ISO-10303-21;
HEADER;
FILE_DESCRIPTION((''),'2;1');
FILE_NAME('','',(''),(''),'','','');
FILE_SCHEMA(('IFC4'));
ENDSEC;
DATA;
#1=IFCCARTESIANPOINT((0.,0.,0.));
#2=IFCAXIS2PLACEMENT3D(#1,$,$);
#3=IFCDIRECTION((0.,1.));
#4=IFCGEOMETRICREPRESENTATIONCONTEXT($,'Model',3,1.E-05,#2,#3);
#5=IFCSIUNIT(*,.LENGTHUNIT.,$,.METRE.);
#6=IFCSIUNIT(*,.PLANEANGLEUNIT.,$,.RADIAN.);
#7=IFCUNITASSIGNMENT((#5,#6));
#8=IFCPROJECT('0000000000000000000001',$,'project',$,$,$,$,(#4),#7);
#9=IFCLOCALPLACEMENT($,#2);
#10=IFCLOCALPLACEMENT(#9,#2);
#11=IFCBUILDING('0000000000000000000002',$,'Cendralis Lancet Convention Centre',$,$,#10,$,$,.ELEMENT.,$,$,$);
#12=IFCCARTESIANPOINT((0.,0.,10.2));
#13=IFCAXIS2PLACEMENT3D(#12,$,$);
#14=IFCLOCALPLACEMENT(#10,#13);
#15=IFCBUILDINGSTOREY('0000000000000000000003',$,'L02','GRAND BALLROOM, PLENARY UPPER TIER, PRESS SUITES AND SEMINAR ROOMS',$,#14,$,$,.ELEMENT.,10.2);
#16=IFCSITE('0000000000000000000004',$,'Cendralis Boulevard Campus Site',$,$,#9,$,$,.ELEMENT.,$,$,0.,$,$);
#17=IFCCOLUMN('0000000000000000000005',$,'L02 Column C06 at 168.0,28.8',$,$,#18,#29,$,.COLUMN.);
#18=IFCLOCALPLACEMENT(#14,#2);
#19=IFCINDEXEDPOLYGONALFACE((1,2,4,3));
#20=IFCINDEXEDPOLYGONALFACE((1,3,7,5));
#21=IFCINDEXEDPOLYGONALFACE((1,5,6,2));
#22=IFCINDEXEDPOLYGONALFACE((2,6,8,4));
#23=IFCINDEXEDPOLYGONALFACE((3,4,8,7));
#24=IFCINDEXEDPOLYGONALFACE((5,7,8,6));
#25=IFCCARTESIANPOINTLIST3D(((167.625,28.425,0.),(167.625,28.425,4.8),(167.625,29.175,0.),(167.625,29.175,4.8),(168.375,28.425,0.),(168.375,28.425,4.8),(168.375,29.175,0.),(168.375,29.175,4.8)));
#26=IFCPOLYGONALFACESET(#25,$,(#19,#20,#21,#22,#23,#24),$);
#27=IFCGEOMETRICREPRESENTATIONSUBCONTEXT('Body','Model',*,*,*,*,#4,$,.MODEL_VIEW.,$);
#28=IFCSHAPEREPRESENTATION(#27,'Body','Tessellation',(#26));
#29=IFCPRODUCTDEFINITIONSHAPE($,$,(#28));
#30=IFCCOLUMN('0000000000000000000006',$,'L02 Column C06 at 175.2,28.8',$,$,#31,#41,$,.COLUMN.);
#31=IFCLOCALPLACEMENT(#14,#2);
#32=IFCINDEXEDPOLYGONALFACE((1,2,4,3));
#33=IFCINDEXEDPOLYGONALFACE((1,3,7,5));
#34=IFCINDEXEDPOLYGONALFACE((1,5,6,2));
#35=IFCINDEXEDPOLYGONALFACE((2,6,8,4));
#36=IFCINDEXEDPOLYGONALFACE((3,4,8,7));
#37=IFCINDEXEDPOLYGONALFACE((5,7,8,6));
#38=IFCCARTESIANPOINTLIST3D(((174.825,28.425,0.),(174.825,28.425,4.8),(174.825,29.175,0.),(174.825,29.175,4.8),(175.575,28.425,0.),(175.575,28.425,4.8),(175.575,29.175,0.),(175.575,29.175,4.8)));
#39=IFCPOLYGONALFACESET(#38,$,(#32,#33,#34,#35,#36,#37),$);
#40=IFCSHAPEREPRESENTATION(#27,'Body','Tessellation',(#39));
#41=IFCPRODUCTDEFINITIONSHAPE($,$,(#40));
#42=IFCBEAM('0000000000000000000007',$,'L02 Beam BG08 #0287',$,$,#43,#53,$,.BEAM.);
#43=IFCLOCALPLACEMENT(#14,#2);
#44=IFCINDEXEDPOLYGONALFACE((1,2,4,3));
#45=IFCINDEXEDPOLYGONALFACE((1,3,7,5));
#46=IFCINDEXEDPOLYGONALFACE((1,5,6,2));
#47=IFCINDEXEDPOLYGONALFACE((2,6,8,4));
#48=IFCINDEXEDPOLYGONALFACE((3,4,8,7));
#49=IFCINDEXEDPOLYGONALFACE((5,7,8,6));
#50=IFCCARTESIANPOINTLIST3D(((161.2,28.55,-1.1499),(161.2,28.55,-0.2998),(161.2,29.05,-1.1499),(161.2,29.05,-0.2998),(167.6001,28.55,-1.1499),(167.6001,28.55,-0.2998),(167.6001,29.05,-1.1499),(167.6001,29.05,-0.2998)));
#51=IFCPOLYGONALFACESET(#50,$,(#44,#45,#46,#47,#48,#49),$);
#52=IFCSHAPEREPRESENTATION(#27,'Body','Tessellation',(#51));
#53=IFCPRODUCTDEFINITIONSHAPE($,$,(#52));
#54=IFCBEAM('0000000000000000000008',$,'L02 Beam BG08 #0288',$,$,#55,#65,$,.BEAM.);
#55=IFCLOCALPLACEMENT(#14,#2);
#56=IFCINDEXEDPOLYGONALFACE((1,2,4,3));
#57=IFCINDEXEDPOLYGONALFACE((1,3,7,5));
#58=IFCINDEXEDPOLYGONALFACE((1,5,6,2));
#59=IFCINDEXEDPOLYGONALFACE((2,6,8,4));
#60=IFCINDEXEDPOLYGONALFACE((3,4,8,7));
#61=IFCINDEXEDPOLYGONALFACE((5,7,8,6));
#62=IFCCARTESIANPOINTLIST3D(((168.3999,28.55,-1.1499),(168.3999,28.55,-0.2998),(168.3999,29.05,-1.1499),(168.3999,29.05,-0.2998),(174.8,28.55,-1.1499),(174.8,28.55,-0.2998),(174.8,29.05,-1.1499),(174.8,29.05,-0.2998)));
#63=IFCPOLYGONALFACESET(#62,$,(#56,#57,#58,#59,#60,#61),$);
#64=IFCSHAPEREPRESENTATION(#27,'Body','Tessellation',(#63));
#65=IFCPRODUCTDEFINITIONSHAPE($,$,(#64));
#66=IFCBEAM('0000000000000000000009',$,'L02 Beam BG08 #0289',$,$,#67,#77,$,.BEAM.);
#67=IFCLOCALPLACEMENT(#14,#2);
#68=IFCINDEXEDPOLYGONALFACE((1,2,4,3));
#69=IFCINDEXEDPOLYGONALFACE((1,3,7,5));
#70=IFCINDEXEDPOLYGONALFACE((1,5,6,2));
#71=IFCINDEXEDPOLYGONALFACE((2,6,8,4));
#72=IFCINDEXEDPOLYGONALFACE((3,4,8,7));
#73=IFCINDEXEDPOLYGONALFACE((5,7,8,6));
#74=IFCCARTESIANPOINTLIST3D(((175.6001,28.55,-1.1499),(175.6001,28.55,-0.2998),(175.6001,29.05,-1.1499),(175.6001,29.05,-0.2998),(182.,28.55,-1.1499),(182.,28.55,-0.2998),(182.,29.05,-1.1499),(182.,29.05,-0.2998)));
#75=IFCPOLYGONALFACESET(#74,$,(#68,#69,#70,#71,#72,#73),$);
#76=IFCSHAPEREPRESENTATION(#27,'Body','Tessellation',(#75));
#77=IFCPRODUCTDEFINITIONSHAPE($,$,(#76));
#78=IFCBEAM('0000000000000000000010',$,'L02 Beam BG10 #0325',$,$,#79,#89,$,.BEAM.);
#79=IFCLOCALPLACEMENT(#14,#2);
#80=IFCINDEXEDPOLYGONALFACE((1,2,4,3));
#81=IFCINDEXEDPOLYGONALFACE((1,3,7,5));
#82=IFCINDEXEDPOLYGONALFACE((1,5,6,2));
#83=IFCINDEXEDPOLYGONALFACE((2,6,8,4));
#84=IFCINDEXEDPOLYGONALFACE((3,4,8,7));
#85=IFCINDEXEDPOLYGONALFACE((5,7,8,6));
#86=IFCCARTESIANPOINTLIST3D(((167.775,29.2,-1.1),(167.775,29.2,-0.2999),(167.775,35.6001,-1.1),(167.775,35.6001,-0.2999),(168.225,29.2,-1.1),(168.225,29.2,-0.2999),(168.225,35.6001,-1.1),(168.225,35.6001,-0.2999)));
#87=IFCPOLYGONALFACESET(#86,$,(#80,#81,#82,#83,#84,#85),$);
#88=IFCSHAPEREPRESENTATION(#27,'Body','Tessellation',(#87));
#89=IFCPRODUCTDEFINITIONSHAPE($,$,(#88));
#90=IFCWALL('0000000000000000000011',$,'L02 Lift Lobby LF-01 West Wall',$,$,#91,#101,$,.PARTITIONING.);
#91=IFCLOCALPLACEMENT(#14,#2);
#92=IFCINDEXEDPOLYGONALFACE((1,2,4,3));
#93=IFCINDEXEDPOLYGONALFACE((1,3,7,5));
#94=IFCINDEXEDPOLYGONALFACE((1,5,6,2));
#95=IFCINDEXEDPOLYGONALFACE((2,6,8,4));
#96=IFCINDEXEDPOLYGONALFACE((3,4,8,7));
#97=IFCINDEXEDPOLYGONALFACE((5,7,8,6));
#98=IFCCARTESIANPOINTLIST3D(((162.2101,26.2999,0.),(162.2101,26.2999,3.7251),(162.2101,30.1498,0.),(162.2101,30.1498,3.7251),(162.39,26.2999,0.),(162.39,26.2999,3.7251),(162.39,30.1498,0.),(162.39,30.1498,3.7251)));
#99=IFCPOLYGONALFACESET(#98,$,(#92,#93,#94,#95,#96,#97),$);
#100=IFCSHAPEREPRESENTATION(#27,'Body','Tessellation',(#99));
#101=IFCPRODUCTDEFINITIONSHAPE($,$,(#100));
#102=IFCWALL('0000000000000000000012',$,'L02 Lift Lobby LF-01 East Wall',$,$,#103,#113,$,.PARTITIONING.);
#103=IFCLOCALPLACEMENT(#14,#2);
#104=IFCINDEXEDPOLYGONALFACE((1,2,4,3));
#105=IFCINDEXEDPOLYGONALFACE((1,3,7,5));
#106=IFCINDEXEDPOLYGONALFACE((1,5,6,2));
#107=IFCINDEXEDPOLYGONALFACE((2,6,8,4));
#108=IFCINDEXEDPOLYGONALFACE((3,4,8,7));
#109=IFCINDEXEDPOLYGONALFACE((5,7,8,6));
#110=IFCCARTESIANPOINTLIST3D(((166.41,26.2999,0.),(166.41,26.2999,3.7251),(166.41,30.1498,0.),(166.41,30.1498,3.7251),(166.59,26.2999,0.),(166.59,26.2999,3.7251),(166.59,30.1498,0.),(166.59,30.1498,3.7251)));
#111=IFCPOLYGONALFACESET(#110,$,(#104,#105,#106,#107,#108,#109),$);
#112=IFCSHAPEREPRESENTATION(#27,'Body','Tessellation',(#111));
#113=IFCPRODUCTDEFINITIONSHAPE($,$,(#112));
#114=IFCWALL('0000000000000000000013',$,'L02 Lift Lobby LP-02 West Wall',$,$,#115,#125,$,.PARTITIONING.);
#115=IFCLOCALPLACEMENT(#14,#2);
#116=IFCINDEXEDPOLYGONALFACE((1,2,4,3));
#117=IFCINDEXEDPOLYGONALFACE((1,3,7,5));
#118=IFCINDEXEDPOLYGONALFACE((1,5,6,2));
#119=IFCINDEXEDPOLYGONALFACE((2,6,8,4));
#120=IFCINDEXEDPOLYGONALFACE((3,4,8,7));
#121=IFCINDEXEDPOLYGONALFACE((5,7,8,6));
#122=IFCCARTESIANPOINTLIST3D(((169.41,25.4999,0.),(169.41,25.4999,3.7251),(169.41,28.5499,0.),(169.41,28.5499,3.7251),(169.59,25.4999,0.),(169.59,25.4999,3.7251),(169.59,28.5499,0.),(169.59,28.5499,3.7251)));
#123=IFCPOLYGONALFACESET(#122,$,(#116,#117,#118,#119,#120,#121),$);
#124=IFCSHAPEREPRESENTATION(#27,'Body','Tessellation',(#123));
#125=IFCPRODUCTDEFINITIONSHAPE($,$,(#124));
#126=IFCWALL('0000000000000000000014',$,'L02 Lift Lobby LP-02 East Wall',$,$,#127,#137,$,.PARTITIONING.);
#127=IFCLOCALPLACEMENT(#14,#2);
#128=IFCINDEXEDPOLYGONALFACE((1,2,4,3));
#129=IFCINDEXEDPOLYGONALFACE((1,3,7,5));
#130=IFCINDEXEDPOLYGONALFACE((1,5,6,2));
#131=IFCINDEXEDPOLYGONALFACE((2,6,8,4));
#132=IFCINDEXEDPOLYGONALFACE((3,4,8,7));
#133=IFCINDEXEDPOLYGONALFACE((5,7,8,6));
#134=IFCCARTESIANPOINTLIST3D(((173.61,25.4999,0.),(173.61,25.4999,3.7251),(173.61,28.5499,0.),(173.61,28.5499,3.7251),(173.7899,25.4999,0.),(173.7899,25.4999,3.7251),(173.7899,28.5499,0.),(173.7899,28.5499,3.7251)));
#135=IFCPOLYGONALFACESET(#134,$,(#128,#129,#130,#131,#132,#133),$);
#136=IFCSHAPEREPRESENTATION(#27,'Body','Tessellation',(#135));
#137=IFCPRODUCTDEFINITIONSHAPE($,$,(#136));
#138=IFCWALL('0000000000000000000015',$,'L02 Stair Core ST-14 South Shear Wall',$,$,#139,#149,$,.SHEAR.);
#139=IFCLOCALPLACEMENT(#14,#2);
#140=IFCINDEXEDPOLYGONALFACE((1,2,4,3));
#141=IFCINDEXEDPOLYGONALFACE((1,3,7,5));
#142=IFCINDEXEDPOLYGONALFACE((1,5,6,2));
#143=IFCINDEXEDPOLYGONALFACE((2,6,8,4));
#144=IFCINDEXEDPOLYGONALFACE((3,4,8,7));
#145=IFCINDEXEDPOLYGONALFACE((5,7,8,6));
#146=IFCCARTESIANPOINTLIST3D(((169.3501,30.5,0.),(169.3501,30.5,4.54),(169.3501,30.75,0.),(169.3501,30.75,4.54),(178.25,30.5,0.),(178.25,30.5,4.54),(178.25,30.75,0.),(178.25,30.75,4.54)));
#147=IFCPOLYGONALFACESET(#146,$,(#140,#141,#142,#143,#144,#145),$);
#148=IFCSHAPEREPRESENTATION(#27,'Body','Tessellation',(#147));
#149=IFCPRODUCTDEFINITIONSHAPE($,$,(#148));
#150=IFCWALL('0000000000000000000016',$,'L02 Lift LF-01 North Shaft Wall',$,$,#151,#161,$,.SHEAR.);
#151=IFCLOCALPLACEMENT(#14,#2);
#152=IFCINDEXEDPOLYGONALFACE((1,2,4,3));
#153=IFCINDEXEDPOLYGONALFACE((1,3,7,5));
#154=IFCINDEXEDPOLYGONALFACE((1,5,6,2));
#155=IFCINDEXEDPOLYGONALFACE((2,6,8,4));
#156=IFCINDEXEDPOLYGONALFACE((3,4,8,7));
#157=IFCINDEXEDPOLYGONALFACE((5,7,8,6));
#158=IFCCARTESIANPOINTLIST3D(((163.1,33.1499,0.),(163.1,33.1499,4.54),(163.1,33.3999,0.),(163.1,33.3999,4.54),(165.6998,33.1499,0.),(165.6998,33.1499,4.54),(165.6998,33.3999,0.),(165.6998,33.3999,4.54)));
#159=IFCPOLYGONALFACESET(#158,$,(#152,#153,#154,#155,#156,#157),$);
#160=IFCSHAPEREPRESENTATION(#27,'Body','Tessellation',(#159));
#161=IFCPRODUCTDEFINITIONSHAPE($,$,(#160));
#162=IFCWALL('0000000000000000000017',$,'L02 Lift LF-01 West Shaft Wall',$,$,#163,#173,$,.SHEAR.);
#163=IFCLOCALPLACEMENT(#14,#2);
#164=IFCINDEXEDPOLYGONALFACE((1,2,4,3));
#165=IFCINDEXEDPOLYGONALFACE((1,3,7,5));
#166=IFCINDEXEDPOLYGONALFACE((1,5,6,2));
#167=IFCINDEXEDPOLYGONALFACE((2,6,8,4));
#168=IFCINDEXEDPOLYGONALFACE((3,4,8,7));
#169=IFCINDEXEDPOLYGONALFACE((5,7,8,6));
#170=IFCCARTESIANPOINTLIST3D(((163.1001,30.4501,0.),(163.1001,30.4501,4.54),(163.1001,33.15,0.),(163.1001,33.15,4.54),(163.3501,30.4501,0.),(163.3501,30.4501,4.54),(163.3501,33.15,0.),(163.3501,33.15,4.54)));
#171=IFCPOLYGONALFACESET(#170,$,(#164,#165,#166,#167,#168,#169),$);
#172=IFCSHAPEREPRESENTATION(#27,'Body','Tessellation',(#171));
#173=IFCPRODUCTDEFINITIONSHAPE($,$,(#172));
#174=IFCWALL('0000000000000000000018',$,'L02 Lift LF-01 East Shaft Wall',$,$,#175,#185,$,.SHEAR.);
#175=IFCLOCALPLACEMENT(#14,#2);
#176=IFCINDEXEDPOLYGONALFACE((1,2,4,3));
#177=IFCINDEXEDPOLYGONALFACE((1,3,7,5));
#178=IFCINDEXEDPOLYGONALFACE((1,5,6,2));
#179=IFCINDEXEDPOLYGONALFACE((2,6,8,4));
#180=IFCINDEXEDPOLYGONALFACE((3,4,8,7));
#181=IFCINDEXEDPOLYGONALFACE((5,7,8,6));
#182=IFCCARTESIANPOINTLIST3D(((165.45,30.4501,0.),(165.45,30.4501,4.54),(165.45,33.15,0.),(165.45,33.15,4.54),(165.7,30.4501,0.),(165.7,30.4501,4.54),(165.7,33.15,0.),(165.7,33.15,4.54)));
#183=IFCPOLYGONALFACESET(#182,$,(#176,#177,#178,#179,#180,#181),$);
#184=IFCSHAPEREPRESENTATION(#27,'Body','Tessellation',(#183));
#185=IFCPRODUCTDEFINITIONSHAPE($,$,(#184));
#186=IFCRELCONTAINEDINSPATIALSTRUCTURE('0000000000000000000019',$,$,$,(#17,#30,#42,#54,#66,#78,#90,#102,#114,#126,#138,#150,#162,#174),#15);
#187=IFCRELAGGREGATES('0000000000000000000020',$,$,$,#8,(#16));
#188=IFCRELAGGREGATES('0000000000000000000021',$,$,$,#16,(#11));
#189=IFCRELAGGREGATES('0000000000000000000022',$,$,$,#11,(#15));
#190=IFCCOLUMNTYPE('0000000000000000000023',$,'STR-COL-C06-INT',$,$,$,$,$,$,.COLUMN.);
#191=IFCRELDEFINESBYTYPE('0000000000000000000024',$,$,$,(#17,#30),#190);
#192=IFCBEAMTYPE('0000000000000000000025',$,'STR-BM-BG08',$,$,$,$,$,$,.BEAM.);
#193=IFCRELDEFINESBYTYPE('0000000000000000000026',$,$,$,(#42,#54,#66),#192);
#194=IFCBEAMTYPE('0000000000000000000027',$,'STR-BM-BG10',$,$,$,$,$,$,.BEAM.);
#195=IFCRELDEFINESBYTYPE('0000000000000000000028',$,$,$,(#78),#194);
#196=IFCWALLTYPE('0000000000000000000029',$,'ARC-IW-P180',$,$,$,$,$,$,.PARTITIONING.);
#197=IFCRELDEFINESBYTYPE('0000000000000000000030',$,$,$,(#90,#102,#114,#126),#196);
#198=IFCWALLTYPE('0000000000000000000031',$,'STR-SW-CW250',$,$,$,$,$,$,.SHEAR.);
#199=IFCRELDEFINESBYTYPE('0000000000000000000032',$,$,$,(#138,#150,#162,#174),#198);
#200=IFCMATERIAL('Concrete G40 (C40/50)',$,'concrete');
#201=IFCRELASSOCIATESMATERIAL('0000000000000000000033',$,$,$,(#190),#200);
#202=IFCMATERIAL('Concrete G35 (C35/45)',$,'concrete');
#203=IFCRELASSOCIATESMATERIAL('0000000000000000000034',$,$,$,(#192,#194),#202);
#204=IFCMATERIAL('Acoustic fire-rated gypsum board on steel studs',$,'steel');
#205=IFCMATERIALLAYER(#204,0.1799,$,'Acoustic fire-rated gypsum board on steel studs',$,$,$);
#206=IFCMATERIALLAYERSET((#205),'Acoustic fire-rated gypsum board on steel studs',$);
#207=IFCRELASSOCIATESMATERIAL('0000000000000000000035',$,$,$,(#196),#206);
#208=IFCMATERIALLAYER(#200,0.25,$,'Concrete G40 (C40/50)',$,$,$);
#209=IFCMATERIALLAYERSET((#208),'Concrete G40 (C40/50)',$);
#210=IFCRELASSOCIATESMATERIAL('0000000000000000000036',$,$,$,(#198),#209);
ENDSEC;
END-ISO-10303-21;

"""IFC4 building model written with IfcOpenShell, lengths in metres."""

from ifc_helpers import new_model, si_unit, direction, frame, frame_2d, origin, origin_2d, place, context, subcontext, project, spatial, rectangle, extrude, material, layer, layer_set, material_profile, profile_set, type_object, element, save


model = new_model("IFC4")

# Units and contexts
model_context = context("Model", 3, precision=1e-05, world=origin(), true_north=direction((0.0, 1.0)))
body_context = subcontext(model_context, "Body", "Model", "MODEL_VIEW")
ifc_project = project(units=[si_unit("LENGTHUNIT", "METRE"), si_unit("PLANEANGLEUNIT", "RADIAN")], contexts=[model_context])

# Site, building, storey
site_placement = place(None, origin())
site = spatial("IfcSite", under=ifc_project, at=site_placement, Name="Cendralis Boulevard Campus Site", CompositionType="ELEMENT", RefElevation=0.0)
building_placement = place(site_placement, origin())
building = spatial("IfcBuilding", under=site, at=building_placement, Name="Cendralis Lancet Convention Centre", CompositionType="ELEMENT")
storey_placement = place(building_placement, frame((0.0, 0.0, 10.2)))
storey = spatial("IfcBuildingStorey", under=building, at=storey_placement, Name="L02", Description="GRAND BALLROOM, PLENARY UPPER TIER, PRESS SUITES AND SEMINAR ROOMS", CompositionType="ELEMENT", Elevation=10.2)

# Columns
ifc_material_1 = material(Name="Concrete G40 (C40/50)", Category="concrete")
ifc_material_profile_1 = material_profile(ifc_material_1, rectangle(XDim=0.75, YDim=0.75, at=origin_2d()), Name="RC 750x750")
ifc_profile_set_1 = profile_set([ifc_material_profile_1], Name="Concrete G40 (C40/50)")
column_type = type_object("IfcColumnType", Name="STR-COL-C06-INT", PredefinedType="COLUMN", material=ifc_profile_set_1)
for number, where, z_axis, x_axis, name in (
    (1, (168.0, 28.8, 0.0), (0.0, 0.0, 1.0), (1.0, 0.0, 0.0), "L02 Column C06 at 168.0,28.8"),
    (2, (175.2, 28.8, 0.0), (0.0, 0.0, 1.0), (1.0, 0.0, 0.0), "L02 Column C06 at 175.2,28.8"),
):
    element("IfcColumn", number, at=place(storey_placement, frame(where, z_axis=z_axis, x_axis=x_axis)), inside=storey, type_object=column_type, Name=name, PredefinedType="COLUMN", context=body_context, shape_type="SweptSolid", body=[
        extrude(rectangle(XDim=0.75, YDim=0.75, at=origin_2d()), origin(), (0.0, 0.0, 1.0), 4.8),
    ])

# Beams
ifc_material_2 = material(Name="Concrete G35 (C35/45)", Category="concrete")
ifc_material_profile_2 = material_profile(ifc_material_2, rectangle(XDim=0.5, YDim=0.8501, at=origin_2d()), Name="RCB 500x850")
ifc_profile_set_2 = profile_set([ifc_material_profile_2], Name="Concrete G35 (C35/45)")
beam_type_1 = type_object("IfcBeamType", Name="STR-BM-BG08", PredefinedType="BEAM", material=ifc_profile_set_2)
for number, where, z_axis, x_axis, name in (
    (3, (161.2, 28.8, -0.7249), (1.0, 0.0, 0.0), (0.0, 1.0, 0.0), "L02 Beam BG08 #0287"),
    (4, (168.3999, 28.8, -0.7249), (1.0, 0.0, 0.0), (0.0, 1.0, 0.0), "L02 Beam BG08 #0288"),
):
    element("IfcBeam", number, at=place(storey_placement, frame(where, z_axis=z_axis, x_axis=x_axis)), inside=storey, type_object=beam_type_1, Name=name, PredefinedType="BEAM", context=body_context, shape_type="SweptSolid", body=[
        extrude(rectangle(XDim=0.5, YDim=0.8501, at=origin_2d()), origin(), (0.0, 0.0, 1.0), 6.4001),
    ])
beam_1_placement = place(storey_placement, frame((175.6001, 28.8, -0.7249), z_axis=(1.0, 0.0, 0.0), x_axis=(0.0, 1.0, 0.0)))
element("IfcBeam", 5, at=beam_1_placement, inside=storey, type_object=beam_type_1, Name="L02 Beam BG08 #0289", PredefinedType="BEAM", context=body_context, shape_type="SweptSolid", body=[
    extrude(rectangle(XDim=0.5, YDim=0.8501, at=origin_2d()), origin(), (0.0, 0.0, 1.0), 6.3999),
])
ifc_material_profile_3 = material_profile(ifc_material_2, rectangle(XDim=0.45, YDim=0.8, at=origin_2d()), Name="RCB 450x800")
ifc_profile_set_3 = profile_set([ifc_material_profile_3], Name="Concrete G35 (C35/45)")
beam_type_2 = type_object("IfcBeamType", Name="STR-BM-BG10", PredefinedType="BEAM", material=ifc_profile_set_3)
beam_2_placement = place(storey_placement, frame((168.0, 29.2, -0.7), z_axis=(0.0, 1.0, 0.0), x_axis=(-1.0, 0.0, 0.0)))
element("IfcBeam", 6, at=beam_2_placement, inside=storey, type_object=beam_type_2, Name="L02 Beam BG10 #0325", PredefinedType="BEAM", context=body_context, shape_type="SweptSolid", body=[
    extrude(rectangle(XDim=0.45, YDim=0.8, at=origin_2d()), origin(), (0.0, 0.0, 1.0), 6.4001),
])

# Shared definitions
ifc_material_3 = material(Name="Acoustic fire-rated gypsum board on steel studs", Category="steel")
ifc_layer_1 = layer(ifc_material_3, 0.1799, Name="Acoustic fire-rated gypsum board on steel studs")
ifc_layer_set_1 = layer_set([ifc_layer_1], Name="Acoustic fire-rated gypsum board on steel studs")
wall_type_1 = type_object("IfcWallType", Name="ARC-IW-P180", PredefinedType="PARTITIONING", material=ifc_layer_set_1)

# Walls
for number, where, z_axis, x_axis, name in (
    (7, (162.3, 26.3, 0.0), (0.0, 0.0, 1.0), (0.0, 1.0, 0.0), "L02 Lift Lobby LF-01 West Wall"),
    (8, (166.5, 26.3, 0.0), (0.0, 0.0, 1.0), (0.0, 1.0, 0.0), "L02 Lift Lobby LF-01 East Wall"),
):
    element("IfcWall", number, at=place(storey_placement, frame(where, z_axis=z_axis, x_axis=x_axis)), inside=storey, type_object=wall_type_1, Name=name, PredefinedType="PARTITIONING", context=body_context, shape_type="SweptSolid", body=[
        extrude(rectangle(XDim=3.8499, YDim=0.1799, at=frame_2d((1.9248, 0.0))), origin(), (0.0, 0.0, 1.0), 3.7251),
    ])

# Walls
for number, where, z_axis, x_axis, name in (
    (9, (169.5, 25.5, 0.0), (0.0, 0.0, 1.0), (0.0, 1.0, 0.0), "L02 Lift Lobby LP-02 West Wall"),
    (10, (173.7, 25.5, 0.0), (0.0, 0.0, 1.0), (0.0, 1.0, 0.0), "L02 Lift Lobby LP-02 East Wall"),
):
    element("IfcWall", number, at=place(storey_placement, frame(where, z_axis=z_axis, x_axis=x_axis)), inside=storey, type_object=wall_type_1, Name=name, PredefinedType="PARTITIONING", context=body_context, shape_type="SweptSolid", body=[
        extrude(rectangle(XDim=3.05, YDim=0.1799, at=frame_2d((1.5249, 0.0))), origin(), (0.0, 0.0, 1.0), 3.7251),
    ])

# Shared definitions
ifc_layer_2 = layer(ifc_material_1, 0.25, Name="Concrete G40 (C40/50)")
ifc_layer_set_2 = layer_set([ifc_layer_2], Name="Concrete G40 (C40/50)")
wall_type_2 = type_object("IfcWallType", Name="STR-SW-CW250", PredefinedType="SHEAR", material=ifc_layer_set_2)

# Wall
wall_1_placement = place(storey_placement, frame((169.3501, 30.625, 0.0), z_axis=(0.0, 0.0, 1.0), x_axis=(1.0, 0.0, 0.0)))
element("IfcWall", 11, at=wall_1_placement, inside=storey, type_object=wall_type_2, Name="L02 Stair Core ST-14 South Shear Wall", PredefinedType="SHEAR", context=body_context, shape_type="SweptSolid", body=[
    extrude(rectangle(XDim=8.8999, YDim=0.25, at=frame_2d((4.45, 0.0))), origin(), (0.0, 0.0, 1.0), 4.54),
])

# Walls
wall_2_placement = place(storey_placement, frame((163.1001, 33.2749, 0.0), z_axis=(0.0, 0.0, 1.0), x_axis=(1.0, 0.0, 0.0)))
element("IfcWall", 12, at=wall_2_placement, inside=storey, type_object=wall_type_2, Name="L02 Lift LF-01 North Shaft Wall", PredefinedType="SHEAR", context=body_context, shape_type="SweptSolid", body=[
    extrude(rectangle(XDim=2.5999, YDim=0.25, at=frame_2d((1.2998, 0.0))), origin(), (0.0, 0.0, 1.0), 4.54),
])
for number, where, z_axis, x_axis, name in (
    (13, (163.2251, 30.45, 0.0), (0.0, 0.0, 1.0), (0.0, 1.0, 0.0), "L02 Lift LF-01 West Shaft Wall"),
    (14, (165.575, 30.45, 0.0), (0.0, 0.0, 1.0), (0.0, 1.0, 0.0), "L02 Lift LF-01 East Shaft Wall"),
):
    element("IfcWall", number, at=place(storey_placement, frame(where, z_axis=z_axis, x_axis=x_axis)), inside=storey, type_object=wall_type_2, Name=name, PredefinedType="SHEAR", context=body_context, shape_type="SweptSolid", body=[
        extrude(rectangle(XDim=2.7, YDim=0.25, at=frame_2d((1.3501, 0.0))), origin(), (0.0, 0.0, 1.0), 4.54),
    ])

save(model, "model.ifc")
